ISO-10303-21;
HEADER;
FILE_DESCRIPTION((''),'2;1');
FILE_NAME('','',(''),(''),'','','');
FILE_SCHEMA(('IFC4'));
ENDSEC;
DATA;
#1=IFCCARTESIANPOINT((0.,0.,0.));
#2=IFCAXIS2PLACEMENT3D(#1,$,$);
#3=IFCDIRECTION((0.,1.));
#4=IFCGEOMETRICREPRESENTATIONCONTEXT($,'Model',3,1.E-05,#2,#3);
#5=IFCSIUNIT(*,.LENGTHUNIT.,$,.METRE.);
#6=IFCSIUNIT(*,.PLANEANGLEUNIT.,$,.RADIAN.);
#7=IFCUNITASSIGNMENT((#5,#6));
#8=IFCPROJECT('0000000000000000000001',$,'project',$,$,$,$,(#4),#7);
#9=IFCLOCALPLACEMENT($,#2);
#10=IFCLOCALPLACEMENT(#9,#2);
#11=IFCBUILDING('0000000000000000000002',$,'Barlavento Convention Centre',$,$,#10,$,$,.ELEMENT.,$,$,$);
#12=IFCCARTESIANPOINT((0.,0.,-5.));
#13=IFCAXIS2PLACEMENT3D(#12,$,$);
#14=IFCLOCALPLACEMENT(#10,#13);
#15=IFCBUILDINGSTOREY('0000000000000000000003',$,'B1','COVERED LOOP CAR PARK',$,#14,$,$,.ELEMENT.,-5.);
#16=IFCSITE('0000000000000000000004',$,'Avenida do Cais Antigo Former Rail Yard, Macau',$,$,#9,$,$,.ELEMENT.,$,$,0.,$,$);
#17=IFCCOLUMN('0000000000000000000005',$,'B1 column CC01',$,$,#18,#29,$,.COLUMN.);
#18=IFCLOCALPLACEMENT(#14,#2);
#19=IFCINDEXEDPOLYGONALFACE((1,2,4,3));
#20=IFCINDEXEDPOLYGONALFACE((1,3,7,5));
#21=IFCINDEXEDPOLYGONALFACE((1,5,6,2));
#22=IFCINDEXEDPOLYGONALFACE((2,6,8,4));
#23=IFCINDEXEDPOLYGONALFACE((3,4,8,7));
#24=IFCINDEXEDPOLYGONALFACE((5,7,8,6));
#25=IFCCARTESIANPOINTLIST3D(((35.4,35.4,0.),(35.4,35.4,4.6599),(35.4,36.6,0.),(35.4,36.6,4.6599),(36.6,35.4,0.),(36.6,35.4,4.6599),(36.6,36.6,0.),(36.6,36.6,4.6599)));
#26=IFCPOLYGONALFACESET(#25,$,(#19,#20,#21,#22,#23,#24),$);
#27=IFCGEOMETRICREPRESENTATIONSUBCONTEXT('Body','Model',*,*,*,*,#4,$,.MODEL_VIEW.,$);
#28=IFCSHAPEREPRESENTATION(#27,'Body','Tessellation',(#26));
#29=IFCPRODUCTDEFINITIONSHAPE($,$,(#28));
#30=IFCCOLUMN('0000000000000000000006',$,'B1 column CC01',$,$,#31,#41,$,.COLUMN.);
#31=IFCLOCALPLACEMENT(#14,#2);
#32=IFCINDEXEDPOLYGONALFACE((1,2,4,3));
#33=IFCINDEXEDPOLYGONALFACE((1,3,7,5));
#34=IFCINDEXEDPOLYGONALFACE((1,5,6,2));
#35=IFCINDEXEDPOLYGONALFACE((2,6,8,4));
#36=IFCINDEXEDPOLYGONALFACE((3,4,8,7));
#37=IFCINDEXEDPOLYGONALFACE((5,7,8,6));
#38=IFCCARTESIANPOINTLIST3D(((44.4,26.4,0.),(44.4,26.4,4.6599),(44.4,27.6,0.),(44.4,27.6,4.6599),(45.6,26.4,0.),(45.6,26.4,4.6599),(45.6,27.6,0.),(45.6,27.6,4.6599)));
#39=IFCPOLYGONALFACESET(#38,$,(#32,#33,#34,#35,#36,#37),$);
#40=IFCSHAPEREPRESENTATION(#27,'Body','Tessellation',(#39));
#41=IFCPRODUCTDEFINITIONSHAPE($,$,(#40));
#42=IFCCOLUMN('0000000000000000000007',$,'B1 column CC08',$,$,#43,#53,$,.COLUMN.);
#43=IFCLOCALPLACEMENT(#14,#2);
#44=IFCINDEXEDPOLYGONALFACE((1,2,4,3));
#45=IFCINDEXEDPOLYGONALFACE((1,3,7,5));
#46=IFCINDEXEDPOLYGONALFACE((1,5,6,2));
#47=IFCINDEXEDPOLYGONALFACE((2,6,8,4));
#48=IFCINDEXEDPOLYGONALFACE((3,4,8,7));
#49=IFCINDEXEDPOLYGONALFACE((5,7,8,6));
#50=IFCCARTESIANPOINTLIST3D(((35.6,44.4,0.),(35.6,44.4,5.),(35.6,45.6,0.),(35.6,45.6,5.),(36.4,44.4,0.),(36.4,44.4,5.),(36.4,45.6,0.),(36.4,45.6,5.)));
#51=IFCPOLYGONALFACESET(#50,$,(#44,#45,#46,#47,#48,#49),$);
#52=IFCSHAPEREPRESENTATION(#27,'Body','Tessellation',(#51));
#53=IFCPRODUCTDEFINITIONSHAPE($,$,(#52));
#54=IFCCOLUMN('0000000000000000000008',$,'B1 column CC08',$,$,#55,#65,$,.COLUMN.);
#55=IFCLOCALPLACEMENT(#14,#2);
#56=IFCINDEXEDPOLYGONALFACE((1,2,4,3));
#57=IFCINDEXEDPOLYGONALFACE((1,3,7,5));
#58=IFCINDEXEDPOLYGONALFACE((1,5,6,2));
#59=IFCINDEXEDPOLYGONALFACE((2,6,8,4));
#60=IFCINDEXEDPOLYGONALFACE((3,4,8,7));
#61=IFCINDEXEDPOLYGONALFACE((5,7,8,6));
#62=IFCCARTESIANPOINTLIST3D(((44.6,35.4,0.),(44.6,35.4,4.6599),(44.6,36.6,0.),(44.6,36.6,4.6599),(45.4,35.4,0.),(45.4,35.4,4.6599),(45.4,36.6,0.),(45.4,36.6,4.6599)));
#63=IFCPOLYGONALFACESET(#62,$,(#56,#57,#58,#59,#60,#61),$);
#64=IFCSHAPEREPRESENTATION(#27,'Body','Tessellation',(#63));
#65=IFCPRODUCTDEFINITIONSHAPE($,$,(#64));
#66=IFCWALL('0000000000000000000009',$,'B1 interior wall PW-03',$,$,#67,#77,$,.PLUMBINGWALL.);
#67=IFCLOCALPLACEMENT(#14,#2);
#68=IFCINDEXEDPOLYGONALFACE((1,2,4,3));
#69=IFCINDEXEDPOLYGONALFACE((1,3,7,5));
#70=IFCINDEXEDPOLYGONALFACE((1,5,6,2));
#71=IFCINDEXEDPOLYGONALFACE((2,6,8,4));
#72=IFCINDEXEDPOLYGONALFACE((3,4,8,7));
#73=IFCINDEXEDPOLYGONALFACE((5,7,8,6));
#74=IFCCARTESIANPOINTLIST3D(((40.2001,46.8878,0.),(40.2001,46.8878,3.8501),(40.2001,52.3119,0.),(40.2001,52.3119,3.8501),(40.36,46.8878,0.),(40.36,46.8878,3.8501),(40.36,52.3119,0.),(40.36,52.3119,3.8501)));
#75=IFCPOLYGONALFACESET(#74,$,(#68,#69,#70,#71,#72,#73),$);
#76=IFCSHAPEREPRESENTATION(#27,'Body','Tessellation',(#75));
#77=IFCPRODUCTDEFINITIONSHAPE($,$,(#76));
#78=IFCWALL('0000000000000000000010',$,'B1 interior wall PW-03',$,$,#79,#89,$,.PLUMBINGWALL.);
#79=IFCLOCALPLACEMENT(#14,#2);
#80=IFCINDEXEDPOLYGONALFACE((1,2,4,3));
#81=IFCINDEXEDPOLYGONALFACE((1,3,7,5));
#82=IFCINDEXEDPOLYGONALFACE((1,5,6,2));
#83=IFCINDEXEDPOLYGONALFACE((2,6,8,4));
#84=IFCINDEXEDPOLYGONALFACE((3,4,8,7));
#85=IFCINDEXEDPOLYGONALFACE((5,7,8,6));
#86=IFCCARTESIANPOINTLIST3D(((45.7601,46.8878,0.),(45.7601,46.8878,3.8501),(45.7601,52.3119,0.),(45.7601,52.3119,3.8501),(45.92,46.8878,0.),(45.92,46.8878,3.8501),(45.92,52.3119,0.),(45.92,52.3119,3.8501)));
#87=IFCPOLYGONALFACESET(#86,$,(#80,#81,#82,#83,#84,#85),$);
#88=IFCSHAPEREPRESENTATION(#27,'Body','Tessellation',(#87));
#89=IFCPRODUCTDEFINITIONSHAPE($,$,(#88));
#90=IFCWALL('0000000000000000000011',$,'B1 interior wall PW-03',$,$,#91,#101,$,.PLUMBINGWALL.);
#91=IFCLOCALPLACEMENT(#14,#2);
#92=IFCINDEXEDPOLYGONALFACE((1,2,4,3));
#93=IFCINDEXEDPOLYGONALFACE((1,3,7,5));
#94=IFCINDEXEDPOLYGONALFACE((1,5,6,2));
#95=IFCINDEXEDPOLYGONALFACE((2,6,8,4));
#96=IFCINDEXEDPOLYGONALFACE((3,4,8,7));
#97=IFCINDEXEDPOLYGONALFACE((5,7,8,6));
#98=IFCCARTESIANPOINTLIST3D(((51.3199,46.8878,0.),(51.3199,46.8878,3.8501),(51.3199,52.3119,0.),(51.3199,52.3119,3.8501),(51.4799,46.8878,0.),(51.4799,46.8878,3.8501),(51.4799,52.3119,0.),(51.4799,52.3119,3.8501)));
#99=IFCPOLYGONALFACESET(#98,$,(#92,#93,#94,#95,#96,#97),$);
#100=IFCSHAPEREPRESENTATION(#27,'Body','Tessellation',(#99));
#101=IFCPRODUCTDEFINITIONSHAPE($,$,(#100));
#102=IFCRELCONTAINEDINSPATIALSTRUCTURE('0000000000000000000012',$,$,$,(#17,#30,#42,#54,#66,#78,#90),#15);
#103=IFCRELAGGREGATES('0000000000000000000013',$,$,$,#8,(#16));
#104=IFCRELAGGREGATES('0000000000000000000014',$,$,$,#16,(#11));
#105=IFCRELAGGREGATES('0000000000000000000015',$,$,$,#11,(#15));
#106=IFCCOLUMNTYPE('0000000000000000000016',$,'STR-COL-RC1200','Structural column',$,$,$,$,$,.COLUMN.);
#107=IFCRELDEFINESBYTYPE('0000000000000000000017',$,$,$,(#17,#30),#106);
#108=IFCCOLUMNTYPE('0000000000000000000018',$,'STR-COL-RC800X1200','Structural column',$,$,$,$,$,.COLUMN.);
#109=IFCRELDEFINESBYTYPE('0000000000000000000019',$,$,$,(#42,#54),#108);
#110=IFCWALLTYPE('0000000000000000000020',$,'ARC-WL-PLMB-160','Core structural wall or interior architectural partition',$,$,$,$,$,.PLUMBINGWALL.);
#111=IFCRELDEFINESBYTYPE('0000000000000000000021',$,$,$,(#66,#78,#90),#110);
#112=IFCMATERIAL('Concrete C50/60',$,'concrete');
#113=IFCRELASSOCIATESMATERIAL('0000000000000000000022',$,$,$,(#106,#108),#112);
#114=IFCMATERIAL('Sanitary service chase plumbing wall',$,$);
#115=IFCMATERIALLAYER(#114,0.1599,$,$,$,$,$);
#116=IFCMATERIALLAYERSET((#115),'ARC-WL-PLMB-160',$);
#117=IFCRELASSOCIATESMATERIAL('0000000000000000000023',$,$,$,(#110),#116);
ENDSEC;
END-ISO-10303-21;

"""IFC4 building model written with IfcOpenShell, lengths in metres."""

from ifc_helpers import new_model, si_unit, direction, frame, frame_2d, origin, origin_2d, place, context, subcontext, project, spatial, rectangle, extrude, material, layer, layer_set, material_profile, profile_set, type_object, element, save


model = new_model("IFC4")

# Units and contexts
model_context = context("Model", 3, precision=1e-05, world=origin(), true_north=direction((0.0, 1.0)))
body_context = subcontext(model_context, "Body", "Model", "MODEL_VIEW")
ifc_project = project(units=[si_unit("LENGTHUNIT", "METRE"), si_unit("PLANEANGLEUNIT", "RADIAN")], contexts=[model_context])

# Site, building, storey
site_placement = place(None, origin())
site = spatial("IfcSite", under=ifc_project, at=site_placement, Name="Avenida do Cais Antigo Former Rail Yard, Macau", CompositionType="ELEMENT", RefElevation=0.0)
building_placement = place(site_placement, origin())
building = spatial("IfcBuilding", under=site, at=building_placement, Name="Barlavento Convention Centre", CompositionType="ELEMENT")
storey_placement = place(building_placement, frame((0.0, 0.0, -5.0)))
storey = spatial("IfcBuildingStorey", under=building, at=storey_placement, Name="B1", Description="COVERED LOOP CAR PARK", CompositionType="ELEMENT", Elevation=-5.0)

# Columns
ifc_material_1 = material(Name="Concrete C50/60", Category="concrete")
ifc_material_profile_1 = material_profile(ifc_material_1, rectangle(XDim=1.2, YDim=1.2, at=origin_2d()), Name="RC 1200x1200")
ifc_profile_set_1 = profile_set([ifc_material_profile_1], Name="Concrete C50/60")
column_type_1 = type_object("IfcColumnType", Name="STR-COL-RC1200", Description="Structural column", PredefinedType="COLUMN", material=ifc_profile_set_1)
for number, where, z_axis, x_axis, name in (
    (1, (36.0, 36.0, 0.0), (0.0, 0.0, 1.0), (1.0, 0.0, 0.0), "B1 column CC01"),
    (2, (45.0, 27.0, 0.0), (0.0, 0.0, 1.0), (1.0, 0.0, 0.0), "B1 column CC01"),
):
    element("IfcColumn", number, at=place(storey_placement, frame(where, z_axis=z_axis, x_axis=x_axis)), inside=storey, type_object=column_type_1, Name=name, PredefinedType="COLUMN", context=body_context, shape_type="SweptSolid", body=[
        extrude(rectangle(XDim=1.2, YDim=1.2, at=origin_2d()), origin(), (0.0, 0.0, 1.0), 4.6599),
    ])
ifc_material_profile_2 = material_profile(ifc_material_1, rectangle(XDim=0.8, YDim=1.2, at=origin_2d()), Name="RC 800x1200")
ifc_profile_set_2 = profile_set([ifc_material_profile_2], Name="Concrete C50/60")
column_type_2 = type_object("IfcColumnType", Name="STR-COL-RC800X1200", Description="Structural column", PredefinedType="COLUMN", material=ifc_profile_set_2)
column_1_placement = place(storey_placement, frame((36.0, 45.0, 0.0), z_axis=(0.0, 0.0, 1.0), x_axis=(1.0, 0.0, 0.0)))
element("IfcColumn", 3, at=column_1_placement, inside=storey, type_object=column_type_2, Name="B1 column CC08", PredefinedType="COLUMN", context=body_context, shape_type="SweptSolid", body=[
    extrude(rectangle(XDim=0.8, YDim=1.2, at=origin_2d()), origin(), (0.0, 0.0, 1.0), 5.0),
])
column_2_placement = place(storey_placement, frame((45.0, 36.0, 0.0), z_axis=(0.0, 0.0, 1.0), x_axis=(1.0, 0.0, 0.0)))
element("IfcColumn", 4, at=column_2_placement, inside=storey, type_object=column_type_2, Name="B1 column CC08", PredefinedType="COLUMN", context=body_context, shape_type="SweptSolid", body=[
    extrude(rectangle(XDim=0.8, YDim=1.2, at=origin_2d()), origin(), (0.0, 0.0, 1.0), 4.6599),
])

# Walls
ifc_material_2 = material(Name="Sanitary service chase plumbing wall")
ifc_layer = layer(ifc_material_2, 0.1599)
ifc_layer_set = layer_set([ifc_layer], Name="ARC-WL-PLMB-160")
wall_type = type_object("IfcWallType", Name="ARC-WL-PLMB-160", Description="Core structural wall or interior architectural partition", PredefinedType="PLUMBINGWALL", material=ifc_layer_set)
for number, where, z_axis, x_axis, name in (
    (5, (40.28, 46.8879, 0.0), (0.0, 0.0, 1.0), (0.0, 1.0, 0.0), "B1 interior wall PW-03"),
    (6, (45.8401, 46.8879, 0.0), (0.0, 0.0, 1.0), (0.0, 1.0, 0.0), "B1 interior wall PW-03"),
    (7, (51.3999, 46.8879, 0.0), (0.0, 0.0, 1.0), (0.0, 1.0, 0.0), "B1 interior wall PW-03"),
):
    element("IfcWall", number, at=place(storey_placement, frame(where, z_axis=z_axis, x_axis=x_axis)), inside=storey, type_object=wall_type, Name=name, PredefinedType="PLUMBINGWALL", context=body_context, shape_type="SweptSolid", body=[
        extrude(rectangle(XDim=5.4241, YDim=0.1599, at=frame_2d((2.7119, 0.0))), origin(), (0.0, 0.0, 1.0), 3.8501),
    ])

save(model, "model.ifc")
